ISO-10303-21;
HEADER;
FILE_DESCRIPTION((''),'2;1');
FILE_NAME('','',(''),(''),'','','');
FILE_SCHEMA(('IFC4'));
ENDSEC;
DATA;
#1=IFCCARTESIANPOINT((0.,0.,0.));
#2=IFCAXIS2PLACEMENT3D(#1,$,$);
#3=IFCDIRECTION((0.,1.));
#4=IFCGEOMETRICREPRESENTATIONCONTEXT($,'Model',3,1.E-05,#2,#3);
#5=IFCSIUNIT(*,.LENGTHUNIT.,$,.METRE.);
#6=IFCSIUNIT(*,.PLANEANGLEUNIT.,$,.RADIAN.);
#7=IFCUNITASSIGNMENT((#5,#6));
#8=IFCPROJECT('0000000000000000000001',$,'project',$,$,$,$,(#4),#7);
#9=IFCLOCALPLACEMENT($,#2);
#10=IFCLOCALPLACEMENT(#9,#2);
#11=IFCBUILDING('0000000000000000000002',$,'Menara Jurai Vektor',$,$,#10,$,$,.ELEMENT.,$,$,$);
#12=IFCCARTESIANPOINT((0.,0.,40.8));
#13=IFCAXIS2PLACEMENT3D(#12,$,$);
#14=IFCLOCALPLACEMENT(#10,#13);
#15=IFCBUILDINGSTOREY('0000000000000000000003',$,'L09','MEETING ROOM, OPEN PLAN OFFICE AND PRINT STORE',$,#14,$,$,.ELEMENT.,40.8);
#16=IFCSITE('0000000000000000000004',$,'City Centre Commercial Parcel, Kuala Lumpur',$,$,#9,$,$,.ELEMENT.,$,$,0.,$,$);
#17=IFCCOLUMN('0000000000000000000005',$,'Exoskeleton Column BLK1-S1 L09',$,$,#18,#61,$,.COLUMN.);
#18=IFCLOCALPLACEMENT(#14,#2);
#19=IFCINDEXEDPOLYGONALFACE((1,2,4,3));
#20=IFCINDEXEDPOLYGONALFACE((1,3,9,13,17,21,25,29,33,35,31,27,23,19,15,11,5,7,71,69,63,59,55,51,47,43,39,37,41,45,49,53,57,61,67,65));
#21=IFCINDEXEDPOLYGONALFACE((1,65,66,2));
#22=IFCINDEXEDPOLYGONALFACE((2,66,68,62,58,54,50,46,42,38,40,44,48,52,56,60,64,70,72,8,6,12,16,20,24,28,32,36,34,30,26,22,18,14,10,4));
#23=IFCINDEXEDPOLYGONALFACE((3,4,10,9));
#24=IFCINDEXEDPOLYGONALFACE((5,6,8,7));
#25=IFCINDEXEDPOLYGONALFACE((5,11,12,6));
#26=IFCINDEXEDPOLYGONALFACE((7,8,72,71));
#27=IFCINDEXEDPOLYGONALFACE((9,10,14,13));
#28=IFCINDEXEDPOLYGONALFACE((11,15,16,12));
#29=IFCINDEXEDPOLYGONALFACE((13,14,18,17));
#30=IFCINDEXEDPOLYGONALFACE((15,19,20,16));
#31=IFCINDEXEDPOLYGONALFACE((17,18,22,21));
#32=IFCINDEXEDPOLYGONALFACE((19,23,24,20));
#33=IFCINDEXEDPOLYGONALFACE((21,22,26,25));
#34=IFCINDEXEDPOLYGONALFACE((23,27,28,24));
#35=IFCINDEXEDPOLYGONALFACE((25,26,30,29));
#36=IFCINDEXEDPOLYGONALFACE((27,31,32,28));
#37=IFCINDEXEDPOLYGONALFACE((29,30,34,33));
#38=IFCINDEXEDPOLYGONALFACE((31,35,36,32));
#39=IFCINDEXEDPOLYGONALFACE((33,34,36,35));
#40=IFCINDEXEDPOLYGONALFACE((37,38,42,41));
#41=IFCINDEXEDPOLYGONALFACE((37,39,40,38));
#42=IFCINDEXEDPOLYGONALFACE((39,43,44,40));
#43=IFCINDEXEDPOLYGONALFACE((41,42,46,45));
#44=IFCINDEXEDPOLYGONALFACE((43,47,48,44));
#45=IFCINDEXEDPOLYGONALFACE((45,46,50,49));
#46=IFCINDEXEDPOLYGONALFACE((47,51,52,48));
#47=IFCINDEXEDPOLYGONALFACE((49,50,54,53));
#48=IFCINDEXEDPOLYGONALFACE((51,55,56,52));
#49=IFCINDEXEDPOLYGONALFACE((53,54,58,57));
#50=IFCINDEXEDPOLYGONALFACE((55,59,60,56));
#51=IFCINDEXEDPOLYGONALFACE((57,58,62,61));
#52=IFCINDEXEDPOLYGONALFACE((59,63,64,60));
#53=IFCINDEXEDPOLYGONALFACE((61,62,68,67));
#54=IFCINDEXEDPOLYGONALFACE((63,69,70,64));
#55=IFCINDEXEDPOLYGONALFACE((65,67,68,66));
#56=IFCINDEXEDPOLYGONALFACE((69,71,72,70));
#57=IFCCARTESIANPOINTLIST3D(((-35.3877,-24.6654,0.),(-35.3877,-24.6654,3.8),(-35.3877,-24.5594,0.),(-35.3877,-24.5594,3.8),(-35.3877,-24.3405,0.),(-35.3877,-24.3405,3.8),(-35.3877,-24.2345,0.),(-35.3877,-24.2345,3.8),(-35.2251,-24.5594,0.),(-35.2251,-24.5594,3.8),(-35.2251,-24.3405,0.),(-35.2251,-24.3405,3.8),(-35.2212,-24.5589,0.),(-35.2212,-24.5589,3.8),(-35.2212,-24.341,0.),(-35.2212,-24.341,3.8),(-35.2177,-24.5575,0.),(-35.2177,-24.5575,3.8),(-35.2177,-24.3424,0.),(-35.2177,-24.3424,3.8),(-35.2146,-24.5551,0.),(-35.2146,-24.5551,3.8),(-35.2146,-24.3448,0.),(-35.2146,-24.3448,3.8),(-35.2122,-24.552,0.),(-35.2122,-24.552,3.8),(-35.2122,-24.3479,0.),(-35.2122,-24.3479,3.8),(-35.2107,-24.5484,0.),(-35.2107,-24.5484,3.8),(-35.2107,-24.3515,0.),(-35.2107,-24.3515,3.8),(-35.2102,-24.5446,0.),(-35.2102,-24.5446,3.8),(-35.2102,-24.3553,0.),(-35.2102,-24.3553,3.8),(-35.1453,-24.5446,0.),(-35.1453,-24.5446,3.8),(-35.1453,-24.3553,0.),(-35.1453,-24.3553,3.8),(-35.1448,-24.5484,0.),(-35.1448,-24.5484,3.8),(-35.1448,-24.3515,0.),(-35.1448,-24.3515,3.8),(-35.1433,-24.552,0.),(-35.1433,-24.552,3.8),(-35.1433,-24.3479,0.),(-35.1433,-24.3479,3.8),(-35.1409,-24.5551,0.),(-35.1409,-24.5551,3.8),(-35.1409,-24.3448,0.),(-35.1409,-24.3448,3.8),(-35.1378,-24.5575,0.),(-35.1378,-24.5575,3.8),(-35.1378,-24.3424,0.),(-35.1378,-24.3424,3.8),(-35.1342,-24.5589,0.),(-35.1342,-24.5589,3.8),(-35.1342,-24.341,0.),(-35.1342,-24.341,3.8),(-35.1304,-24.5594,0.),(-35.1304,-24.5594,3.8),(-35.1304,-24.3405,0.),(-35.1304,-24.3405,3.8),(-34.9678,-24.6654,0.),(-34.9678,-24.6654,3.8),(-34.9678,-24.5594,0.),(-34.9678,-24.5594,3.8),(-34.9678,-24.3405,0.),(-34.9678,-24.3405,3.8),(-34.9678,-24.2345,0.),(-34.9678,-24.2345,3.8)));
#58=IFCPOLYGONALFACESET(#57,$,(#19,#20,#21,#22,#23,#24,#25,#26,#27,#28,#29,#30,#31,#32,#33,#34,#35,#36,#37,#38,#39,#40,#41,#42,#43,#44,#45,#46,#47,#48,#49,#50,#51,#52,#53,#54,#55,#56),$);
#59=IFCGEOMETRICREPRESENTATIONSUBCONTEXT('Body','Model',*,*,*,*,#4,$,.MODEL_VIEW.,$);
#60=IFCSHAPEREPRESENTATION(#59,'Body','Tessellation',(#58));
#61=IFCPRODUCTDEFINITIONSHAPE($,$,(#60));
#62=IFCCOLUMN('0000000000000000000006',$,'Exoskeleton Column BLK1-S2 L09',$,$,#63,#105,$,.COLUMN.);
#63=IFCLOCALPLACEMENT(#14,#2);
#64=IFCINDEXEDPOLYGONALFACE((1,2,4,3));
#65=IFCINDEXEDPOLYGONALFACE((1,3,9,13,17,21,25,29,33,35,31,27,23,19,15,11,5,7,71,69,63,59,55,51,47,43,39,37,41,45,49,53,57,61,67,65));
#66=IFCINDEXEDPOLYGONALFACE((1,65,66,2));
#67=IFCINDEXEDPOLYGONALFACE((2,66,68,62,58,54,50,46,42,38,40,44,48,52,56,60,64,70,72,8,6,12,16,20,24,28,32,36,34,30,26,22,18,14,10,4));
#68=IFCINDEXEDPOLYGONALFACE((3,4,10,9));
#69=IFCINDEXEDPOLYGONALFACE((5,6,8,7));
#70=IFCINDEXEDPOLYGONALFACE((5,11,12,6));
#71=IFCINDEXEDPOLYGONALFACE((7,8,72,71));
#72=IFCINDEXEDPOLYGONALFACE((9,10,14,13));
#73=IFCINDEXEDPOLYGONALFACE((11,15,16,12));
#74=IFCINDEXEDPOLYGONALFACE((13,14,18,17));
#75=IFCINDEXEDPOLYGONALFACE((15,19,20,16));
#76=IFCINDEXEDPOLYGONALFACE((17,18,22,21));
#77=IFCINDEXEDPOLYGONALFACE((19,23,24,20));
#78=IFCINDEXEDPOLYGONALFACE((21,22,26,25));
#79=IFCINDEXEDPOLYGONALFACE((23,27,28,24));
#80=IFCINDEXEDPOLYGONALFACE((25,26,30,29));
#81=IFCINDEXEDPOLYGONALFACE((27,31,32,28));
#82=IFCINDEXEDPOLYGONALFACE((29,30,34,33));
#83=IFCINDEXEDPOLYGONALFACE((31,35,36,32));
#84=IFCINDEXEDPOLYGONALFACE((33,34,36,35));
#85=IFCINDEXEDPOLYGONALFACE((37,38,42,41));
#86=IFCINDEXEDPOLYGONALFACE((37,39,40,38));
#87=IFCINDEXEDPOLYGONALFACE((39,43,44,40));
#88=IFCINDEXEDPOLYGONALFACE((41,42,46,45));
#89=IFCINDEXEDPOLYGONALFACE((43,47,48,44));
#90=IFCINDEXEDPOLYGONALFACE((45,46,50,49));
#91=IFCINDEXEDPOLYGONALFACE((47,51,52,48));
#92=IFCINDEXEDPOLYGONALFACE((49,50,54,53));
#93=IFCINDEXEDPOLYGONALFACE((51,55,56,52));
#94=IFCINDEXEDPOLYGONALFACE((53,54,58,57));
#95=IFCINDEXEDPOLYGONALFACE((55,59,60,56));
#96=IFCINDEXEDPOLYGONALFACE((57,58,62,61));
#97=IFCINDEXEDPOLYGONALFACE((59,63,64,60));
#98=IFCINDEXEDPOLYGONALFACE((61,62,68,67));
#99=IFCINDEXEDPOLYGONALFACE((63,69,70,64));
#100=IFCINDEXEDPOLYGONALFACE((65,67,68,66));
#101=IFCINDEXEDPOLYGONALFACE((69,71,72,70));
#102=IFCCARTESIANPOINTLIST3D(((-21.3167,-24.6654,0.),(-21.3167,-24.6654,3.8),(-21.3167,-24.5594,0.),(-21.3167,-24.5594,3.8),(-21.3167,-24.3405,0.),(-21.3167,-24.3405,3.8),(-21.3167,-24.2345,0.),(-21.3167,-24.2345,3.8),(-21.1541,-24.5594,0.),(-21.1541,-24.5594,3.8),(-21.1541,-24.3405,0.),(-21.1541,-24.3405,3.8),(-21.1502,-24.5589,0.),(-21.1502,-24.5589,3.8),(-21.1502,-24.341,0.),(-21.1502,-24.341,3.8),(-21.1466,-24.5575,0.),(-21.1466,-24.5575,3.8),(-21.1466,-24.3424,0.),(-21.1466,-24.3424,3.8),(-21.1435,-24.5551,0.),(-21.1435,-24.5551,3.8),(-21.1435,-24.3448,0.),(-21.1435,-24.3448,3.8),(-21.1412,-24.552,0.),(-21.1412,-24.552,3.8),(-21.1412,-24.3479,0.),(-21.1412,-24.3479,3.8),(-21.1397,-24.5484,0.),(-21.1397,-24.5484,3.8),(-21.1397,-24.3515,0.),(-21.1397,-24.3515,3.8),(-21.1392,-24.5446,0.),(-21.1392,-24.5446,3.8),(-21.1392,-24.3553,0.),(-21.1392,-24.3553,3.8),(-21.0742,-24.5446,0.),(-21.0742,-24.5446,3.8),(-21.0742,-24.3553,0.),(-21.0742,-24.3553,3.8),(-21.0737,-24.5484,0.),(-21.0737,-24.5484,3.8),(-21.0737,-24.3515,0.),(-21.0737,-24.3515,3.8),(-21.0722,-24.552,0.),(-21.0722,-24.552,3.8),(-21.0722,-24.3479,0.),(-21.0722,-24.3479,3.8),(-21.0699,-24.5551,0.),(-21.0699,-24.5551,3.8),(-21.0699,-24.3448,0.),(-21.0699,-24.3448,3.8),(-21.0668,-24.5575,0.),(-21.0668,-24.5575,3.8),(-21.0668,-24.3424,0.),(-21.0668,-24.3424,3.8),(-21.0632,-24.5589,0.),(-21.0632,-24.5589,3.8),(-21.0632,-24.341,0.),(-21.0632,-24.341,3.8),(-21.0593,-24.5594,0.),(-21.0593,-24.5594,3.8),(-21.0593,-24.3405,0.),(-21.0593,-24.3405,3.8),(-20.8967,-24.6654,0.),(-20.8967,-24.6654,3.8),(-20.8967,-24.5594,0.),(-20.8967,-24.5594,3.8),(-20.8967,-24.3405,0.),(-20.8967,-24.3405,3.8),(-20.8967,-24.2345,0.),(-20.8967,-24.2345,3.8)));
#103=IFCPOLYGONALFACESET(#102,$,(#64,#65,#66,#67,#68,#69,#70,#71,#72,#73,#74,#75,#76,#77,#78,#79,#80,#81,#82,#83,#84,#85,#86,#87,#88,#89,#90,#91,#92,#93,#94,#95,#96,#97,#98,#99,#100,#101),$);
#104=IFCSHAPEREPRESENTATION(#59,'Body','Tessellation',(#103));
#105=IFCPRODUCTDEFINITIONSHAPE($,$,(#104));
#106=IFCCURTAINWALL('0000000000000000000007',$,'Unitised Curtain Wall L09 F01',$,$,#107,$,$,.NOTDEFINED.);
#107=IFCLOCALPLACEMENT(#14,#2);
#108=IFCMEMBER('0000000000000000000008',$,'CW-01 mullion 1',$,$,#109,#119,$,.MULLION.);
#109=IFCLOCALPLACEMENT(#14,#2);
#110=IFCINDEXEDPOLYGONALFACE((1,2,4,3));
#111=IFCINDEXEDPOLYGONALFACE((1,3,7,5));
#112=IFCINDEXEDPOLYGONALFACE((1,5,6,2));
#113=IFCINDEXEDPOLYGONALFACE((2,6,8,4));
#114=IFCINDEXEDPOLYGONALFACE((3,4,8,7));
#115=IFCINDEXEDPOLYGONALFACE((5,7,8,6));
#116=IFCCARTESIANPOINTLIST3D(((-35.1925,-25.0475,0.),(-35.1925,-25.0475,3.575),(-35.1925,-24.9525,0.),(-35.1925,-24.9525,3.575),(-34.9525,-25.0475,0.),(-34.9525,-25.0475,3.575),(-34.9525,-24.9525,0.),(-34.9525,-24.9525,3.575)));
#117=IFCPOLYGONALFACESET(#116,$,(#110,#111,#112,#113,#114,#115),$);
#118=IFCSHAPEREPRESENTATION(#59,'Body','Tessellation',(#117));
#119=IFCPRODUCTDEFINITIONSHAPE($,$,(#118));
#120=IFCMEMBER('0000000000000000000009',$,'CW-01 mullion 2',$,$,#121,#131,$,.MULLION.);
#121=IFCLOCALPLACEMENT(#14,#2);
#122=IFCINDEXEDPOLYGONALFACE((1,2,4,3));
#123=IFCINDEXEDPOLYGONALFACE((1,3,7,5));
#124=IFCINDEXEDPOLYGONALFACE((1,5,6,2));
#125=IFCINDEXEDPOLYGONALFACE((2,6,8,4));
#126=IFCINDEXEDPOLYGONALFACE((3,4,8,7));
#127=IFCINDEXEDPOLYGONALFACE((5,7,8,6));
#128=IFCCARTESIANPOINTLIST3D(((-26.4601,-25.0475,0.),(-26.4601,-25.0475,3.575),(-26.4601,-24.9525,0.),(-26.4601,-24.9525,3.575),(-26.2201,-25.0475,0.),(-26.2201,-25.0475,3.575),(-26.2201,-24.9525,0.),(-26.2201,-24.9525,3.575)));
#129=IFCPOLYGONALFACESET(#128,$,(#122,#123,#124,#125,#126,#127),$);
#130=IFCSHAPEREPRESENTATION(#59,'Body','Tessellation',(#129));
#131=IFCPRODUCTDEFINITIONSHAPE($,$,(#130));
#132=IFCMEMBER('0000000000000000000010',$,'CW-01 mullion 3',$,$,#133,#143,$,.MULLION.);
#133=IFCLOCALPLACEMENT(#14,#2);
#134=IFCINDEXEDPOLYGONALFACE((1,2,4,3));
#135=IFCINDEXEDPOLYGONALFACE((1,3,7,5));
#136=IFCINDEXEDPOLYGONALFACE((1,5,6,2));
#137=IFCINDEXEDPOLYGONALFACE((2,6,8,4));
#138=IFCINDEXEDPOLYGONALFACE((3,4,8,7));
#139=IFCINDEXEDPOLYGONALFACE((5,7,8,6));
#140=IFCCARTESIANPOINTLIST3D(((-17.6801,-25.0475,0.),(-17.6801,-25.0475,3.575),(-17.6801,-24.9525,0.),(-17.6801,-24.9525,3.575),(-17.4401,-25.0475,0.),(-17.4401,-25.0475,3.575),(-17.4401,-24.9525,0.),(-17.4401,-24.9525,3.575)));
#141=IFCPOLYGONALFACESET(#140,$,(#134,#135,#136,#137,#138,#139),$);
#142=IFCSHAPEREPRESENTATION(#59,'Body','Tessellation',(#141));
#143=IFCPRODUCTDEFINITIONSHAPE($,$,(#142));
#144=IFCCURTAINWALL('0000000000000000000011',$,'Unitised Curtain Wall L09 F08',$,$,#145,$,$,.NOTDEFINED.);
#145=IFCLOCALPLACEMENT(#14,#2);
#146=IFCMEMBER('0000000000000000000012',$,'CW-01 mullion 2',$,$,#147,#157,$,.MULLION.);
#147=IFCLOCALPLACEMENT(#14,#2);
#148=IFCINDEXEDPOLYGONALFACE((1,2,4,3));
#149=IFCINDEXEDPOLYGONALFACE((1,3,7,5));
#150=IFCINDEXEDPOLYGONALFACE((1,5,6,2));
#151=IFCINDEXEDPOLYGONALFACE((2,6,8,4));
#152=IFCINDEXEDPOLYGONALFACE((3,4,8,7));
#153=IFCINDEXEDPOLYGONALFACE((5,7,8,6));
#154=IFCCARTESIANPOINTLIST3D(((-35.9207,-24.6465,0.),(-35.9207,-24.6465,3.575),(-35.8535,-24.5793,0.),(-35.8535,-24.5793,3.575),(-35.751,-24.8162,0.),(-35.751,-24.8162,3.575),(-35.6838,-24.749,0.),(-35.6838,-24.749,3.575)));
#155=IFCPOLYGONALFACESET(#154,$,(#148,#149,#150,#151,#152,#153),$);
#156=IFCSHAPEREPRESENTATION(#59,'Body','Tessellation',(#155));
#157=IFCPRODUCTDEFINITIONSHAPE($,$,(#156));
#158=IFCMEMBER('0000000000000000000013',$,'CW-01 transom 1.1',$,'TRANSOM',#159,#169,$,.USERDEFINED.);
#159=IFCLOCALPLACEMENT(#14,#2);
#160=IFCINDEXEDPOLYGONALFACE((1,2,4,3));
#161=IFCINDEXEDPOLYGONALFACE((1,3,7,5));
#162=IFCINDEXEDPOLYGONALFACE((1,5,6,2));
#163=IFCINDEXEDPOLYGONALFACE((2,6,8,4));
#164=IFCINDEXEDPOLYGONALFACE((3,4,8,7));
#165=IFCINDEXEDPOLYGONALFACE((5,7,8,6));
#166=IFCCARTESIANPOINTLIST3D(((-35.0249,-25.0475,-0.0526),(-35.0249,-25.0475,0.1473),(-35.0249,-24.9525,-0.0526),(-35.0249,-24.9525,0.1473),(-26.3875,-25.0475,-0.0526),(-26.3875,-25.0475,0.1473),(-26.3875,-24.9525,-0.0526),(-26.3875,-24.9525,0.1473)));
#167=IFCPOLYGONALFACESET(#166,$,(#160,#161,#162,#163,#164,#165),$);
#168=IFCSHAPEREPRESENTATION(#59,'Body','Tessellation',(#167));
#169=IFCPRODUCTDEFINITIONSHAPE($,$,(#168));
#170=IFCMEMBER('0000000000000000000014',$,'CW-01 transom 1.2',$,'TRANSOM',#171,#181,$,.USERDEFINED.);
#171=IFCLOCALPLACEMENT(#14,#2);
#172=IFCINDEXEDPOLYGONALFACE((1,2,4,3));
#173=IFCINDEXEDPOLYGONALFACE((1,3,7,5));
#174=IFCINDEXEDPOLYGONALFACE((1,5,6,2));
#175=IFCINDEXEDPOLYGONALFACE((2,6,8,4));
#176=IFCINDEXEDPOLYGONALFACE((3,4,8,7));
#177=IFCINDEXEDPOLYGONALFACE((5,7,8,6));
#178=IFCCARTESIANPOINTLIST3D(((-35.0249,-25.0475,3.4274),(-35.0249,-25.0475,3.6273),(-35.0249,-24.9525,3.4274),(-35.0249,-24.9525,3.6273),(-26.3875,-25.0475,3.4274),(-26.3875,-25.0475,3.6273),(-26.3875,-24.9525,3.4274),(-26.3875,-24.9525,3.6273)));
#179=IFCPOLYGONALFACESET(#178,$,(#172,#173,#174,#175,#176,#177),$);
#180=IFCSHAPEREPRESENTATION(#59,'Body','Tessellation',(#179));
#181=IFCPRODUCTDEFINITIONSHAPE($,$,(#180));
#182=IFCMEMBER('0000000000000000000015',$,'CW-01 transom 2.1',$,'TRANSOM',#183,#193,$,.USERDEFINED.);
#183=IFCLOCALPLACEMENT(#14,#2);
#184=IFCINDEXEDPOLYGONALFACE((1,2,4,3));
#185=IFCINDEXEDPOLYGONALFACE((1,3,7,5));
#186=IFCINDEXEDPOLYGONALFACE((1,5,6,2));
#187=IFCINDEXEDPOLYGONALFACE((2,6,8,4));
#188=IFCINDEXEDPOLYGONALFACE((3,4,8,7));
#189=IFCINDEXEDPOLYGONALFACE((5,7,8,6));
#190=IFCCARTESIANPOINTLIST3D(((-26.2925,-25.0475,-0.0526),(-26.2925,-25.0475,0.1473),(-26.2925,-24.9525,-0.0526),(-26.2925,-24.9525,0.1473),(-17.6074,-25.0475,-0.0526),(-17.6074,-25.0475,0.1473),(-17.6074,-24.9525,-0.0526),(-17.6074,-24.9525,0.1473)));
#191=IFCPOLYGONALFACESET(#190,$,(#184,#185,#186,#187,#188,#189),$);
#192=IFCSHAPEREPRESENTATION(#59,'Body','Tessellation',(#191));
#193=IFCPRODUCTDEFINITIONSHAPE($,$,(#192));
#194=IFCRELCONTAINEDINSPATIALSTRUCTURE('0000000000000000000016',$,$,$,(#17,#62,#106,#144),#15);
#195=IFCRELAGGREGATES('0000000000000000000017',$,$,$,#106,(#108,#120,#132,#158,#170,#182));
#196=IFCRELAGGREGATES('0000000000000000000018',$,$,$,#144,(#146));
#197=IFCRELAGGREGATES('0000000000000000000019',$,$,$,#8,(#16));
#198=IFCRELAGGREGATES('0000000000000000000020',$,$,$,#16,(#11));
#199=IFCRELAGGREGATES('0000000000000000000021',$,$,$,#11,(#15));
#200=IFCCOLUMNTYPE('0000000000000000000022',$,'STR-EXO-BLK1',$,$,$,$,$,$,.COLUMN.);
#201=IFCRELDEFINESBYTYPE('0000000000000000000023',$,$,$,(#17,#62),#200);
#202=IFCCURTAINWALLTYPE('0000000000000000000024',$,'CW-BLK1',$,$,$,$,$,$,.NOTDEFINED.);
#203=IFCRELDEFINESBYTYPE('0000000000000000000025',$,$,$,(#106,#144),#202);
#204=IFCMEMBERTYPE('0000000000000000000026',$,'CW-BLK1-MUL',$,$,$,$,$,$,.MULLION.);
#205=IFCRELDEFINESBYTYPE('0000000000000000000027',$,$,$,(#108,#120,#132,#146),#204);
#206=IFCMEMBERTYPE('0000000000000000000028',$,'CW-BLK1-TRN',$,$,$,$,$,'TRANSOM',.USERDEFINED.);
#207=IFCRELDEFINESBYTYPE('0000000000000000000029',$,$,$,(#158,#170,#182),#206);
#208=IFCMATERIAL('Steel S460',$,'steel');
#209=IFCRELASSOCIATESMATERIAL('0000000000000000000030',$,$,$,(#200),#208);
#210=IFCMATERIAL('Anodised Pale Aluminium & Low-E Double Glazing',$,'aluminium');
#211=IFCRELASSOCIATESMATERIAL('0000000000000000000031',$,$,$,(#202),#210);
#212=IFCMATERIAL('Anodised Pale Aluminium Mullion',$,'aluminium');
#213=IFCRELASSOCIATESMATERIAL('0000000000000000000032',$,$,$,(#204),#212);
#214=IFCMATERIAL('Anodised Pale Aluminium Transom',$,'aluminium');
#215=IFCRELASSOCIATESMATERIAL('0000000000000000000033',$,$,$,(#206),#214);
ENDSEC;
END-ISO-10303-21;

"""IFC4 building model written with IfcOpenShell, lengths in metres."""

from ifc_helpers import new_model, si_unit, direction, frame, origin, origin_2d, place, context, subcontext, project, spatial, rectangle, i_section, extrude, material, material_profile, profile_set, type_object, element, aggregate, save


model = new_model("IFC4")

# Units and contexts
model_context = context("Model", 3, precision=1e-05, world=origin(), true_north=direction((0.0, 1.0)))
body_context = subcontext(model_context, "Body", "Model", "MODEL_VIEW")
ifc_project = project(units=[si_unit("LENGTHUNIT", "METRE"), si_unit("PLANEANGLEUNIT", "RADIAN")], contexts=[model_context])

# Site, building, storey
site_placement = place(None, origin())
site = spatial("IfcSite", under=ifc_project, at=site_placement, Name="City Centre Commercial Parcel, Kuala Lumpur", CompositionType="ELEMENT", RefElevation=0.0)
building_placement = place(site_placement, origin())
building = spatial("IfcBuilding", under=site, at=building_placement, Name="Menara Jurai Vektor", CompositionType="ELEMENT")
storey_placement = place(building_placement, frame((0.0, 0.0, 40.8)))
storey = spatial("IfcBuildingStorey", under=building, at=storey_placement, Name="L09", Description="MEETING ROOM, OPEN PLAN OFFICE AND PRINT STORE", CompositionType="ELEMENT", Elevation=40.8)

# Columns
ifc_material_1 = material(Name="Steel S460", Category="steel")
ifc_material_profile_1 = material_profile(ifc_material_1, i_section(OverallWidth=0.4199, OverallDepth=0.4309, WebThickness=0.0649, FlangeThickness=0.106, FilletRadius=0.0149, at=origin_2d()), Name="HD 400x900")
ifc_profile_set_1 = profile_set([ifc_material_profile_1], Name="Steel S460")
column_type = type_object("IfcColumnType", Name="STR-EXO-BLK1", PredefinedType="COLUMN", material=ifc_profile_set_1)
for number, where, z_axis, x_axis, name in (
    (1, (-35.1777, -24.45, 0.0), (0.0, 0.0, 1.0), (1.0, 0.0, 0.0), "Exoskeleton Column BLK1-S1 L09"),
    (2, (-21.1067, -24.45, 0.0), (0.0, 0.0, 1.0), (1.0, 0.0, 0.0), "Exoskeleton Column BLK1-S2 L09"),
):
    element("IfcColumn", number, at=place(storey_placement, frame(where, z_axis=z_axis, x_axis=x_axis)), inside=storey, type_object=column_type, Name=name, PredefinedType="COLUMN", context=body_context, shape_type="SweptSolid", body=[
        extrude(i_section(OverallWidth=0.4199, OverallDepth=0.4309, WebThickness=0.0649, FlangeThickness=0.106, FilletRadius=0.0149, at=origin_2d()), origin(), (0.0, 0.0, 1.0), 3.8),
    ])

# Curtain wall, members
ifc_material_2 = material(Name="Anodised Pale Aluminium & Low-E Double Glazing", Category="aluminium")
curtain_wall_type = type_object("IfcCurtainWallType", Name="CW-BLK1", PredefinedType="NOTDEFINED", material=ifc_material_2)
curtain_wall_1_placement = place(storey_placement, origin())
curtain_wall_1 = element("IfcCurtainWall", 3, at=curtain_wall_1_placement, inside=storey, type_object=curtain_wall_type, Name="Unitised Curtain Wall L09 F01", PredefinedType="NOTDEFINED")
ifc_material_3 = material(Name="Anodised Pale Aluminium Mullion", Category="aluminium")
ifc_material_profile_2 = material_profile(ifc_material_3, rectangle(XDim=0.095, YDim=0.24, at=origin_2d()), Name="ALU MUL 95x240")
ifc_profile_set_2 = profile_set([ifc_material_profile_2], Name="Anodised Pale Aluminium Mullion")
member_type_1 = type_object("IfcMemberType", Name="CW-BLK1-MUL", PredefinedType="MULLION", material=ifc_profile_set_2)
member_1_placement = place(storey_placement, frame((-35.0725, -25.0, 0.0), z_axis=(0.0, 0.0, 1.0), x_axis=(0.0, 1.0, 0.0)))
member_1 = element("IfcMember", 4, at=member_1_placement, type_object=member_type_1, Name="CW-01 mullion 1", PredefinedType="MULLION", context=body_context, shape_type="SweptSolid", body=[
    extrude(rectangle(XDim=0.095, YDim=0.24, at=origin_2d()), origin(), (0.0, 0.0, 1.0), 3.575),
])
member_2_placement = place(storey_placement, frame((-26.3401, -25.0, 0.0), z_axis=(0.0, 0.0, 1.0), x_axis=(0.0, 1.0, 0.0)))
member_2 = element("IfcMember", 5, at=member_2_placement, type_object=member_type_1, Name="CW-01 mullion 2", PredefinedType="MULLION", context=body_context, shape_type="SweptSolid", body=[
    extrude(rectangle(XDim=0.095, YDim=0.24, at=origin_2d()), origin(), (0.0, 0.0, 1.0), 3.575),
])
member_3_placement = place(storey_placement, frame((-17.5601, -25.0, 0.0), z_axis=(0.0, 0.0, 1.0), x_axis=(0.0, 1.0, 0.0)))
member_3 = element("IfcMember", 6, at=member_3_placement, type_object=member_type_1, Name="CW-01 mullion 3", PredefinedType="MULLION", context=body_context, shape_type="SweptSolid", body=[
    extrude(rectangle(XDim=0.095, YDim=0.24, at=origin_2d()), origin(), (0.0, 0.0, 1.0), 3.575),
])

# Curtain wall, member
curtain_wall_2_placement = place(storey_placement, origin())
curtain_wall_2 = element("IfcCurtainWall", 7, at=curtain_wall_2_placement, inside=storey, type_object=curtain_wall_type, Name="Unitised Curtain Wall L09 F08", PredefinedType="NOTDEFINED")
member_4_placement = place(storey_placement, frame((-35.8022, -24.6978, 0.0), z_axis=(0.0, 0.0, 1.0), x_axis=(0.707107, 0.707107, 0.0)))
member_4 = element("IfcMember", 8, at=member_4_placement, type_object=member_type_1, Name="CW-01 mullion 2", PredefinedType="MULLION", context=body_context, shape_type="SweptSolid", body=[
    extrude(rectangle(XDim=0.095, YDim=0.24, at=origin_2d()), origin(), (0.0, 0.0, 1.0), 3.575),
])

# Members
ifc_material_4 = material(Name="Anodised Pale Aluminium Transom", Category="aluminium")
ifc_material_profile_3 = material_profile(ifc_material_4, rectangle(XDim=0.095, YDim=0.2, at=origin_2d()), Name="ALU TRN 95x200")
ifc_profile_set_3 = profile_set([ifc_material_profile_3], Name="Anodised Pale Aluminium Transom")
member_type_2 = type_object("IfcMemberType", Name="CW-BLK1-TRN", ElementType="TRANSOM", PredefinedType="USERDEFINED", material=ifc_profile_set_3)
member_5_placement = place(storey_placement, frame((-35.0249, -25.0, 0.0474), z_axis=(1.0, 0.0, 0.0), x_axis=(0.0, 1.0, 0.0)))
member_5 = element("IfcMember", 9, at=member_5_placement, type_object=member_type_2, Name="CW-01 transom 1.1", ObjectType="TRANSOM", PredefinedType="USERDEFINED", context=body_context, shape_type="SweptSolid", body=[
    extrude(rectangle(XDim=0.095, YDim=0.2, at=origin_2d()), origin(), (0.0, 0.0, 1.0), 8.6375),
])
member_6_placement = place(storey_placement, frame((-35.0249, -25.0, 3.5273), z_axis=(1.0, 0.0, 0.0), x_axis=(0.0, 1.0, 0.0)))
member_6 = element("IfcMember", 10, at=member_6_placement, type_object=member_type_2, Name="CW-01 transom 1.2", ObjectType="TRANSOM", PredefinedType="USERDEFINED", context=body_context, shape_type="SweptSolid", body=[
    extrude(rectangle(XDim=0.095, YDim=0.2, at=origin_2d()), origin(), (0.0, 0.0, 1.0), 8.6375),
])
member_7_placement = place(storey_placement, frame((-26.2925, -25.0, 0.0474), z_axis=(1.0, 0.0, 0.0), x_axis=(0.0, 1.0, 0.0)))
member_7 = element("IfcMember", 11, at=member_7_placement, type_object=member_type_2, Name="CW-01 transom 2.1", ObjectType="TRANSOM", PredefinedType="USERDEFINED", context=body_context, shape_type="SweptSolid", body=[
    extrude(rectangle(XDim=0.095, YDim=0.2, at=origin_2d()), origin(), (0.0, 0.0, 1.0), 8.6851),
])

aggregate(curtain_wall_1, [member_1, member_2, member_3, member_5, member_6, member_7])
aggregate(curtain_wall_2, [member_4])

save(model, "model.ifc")
